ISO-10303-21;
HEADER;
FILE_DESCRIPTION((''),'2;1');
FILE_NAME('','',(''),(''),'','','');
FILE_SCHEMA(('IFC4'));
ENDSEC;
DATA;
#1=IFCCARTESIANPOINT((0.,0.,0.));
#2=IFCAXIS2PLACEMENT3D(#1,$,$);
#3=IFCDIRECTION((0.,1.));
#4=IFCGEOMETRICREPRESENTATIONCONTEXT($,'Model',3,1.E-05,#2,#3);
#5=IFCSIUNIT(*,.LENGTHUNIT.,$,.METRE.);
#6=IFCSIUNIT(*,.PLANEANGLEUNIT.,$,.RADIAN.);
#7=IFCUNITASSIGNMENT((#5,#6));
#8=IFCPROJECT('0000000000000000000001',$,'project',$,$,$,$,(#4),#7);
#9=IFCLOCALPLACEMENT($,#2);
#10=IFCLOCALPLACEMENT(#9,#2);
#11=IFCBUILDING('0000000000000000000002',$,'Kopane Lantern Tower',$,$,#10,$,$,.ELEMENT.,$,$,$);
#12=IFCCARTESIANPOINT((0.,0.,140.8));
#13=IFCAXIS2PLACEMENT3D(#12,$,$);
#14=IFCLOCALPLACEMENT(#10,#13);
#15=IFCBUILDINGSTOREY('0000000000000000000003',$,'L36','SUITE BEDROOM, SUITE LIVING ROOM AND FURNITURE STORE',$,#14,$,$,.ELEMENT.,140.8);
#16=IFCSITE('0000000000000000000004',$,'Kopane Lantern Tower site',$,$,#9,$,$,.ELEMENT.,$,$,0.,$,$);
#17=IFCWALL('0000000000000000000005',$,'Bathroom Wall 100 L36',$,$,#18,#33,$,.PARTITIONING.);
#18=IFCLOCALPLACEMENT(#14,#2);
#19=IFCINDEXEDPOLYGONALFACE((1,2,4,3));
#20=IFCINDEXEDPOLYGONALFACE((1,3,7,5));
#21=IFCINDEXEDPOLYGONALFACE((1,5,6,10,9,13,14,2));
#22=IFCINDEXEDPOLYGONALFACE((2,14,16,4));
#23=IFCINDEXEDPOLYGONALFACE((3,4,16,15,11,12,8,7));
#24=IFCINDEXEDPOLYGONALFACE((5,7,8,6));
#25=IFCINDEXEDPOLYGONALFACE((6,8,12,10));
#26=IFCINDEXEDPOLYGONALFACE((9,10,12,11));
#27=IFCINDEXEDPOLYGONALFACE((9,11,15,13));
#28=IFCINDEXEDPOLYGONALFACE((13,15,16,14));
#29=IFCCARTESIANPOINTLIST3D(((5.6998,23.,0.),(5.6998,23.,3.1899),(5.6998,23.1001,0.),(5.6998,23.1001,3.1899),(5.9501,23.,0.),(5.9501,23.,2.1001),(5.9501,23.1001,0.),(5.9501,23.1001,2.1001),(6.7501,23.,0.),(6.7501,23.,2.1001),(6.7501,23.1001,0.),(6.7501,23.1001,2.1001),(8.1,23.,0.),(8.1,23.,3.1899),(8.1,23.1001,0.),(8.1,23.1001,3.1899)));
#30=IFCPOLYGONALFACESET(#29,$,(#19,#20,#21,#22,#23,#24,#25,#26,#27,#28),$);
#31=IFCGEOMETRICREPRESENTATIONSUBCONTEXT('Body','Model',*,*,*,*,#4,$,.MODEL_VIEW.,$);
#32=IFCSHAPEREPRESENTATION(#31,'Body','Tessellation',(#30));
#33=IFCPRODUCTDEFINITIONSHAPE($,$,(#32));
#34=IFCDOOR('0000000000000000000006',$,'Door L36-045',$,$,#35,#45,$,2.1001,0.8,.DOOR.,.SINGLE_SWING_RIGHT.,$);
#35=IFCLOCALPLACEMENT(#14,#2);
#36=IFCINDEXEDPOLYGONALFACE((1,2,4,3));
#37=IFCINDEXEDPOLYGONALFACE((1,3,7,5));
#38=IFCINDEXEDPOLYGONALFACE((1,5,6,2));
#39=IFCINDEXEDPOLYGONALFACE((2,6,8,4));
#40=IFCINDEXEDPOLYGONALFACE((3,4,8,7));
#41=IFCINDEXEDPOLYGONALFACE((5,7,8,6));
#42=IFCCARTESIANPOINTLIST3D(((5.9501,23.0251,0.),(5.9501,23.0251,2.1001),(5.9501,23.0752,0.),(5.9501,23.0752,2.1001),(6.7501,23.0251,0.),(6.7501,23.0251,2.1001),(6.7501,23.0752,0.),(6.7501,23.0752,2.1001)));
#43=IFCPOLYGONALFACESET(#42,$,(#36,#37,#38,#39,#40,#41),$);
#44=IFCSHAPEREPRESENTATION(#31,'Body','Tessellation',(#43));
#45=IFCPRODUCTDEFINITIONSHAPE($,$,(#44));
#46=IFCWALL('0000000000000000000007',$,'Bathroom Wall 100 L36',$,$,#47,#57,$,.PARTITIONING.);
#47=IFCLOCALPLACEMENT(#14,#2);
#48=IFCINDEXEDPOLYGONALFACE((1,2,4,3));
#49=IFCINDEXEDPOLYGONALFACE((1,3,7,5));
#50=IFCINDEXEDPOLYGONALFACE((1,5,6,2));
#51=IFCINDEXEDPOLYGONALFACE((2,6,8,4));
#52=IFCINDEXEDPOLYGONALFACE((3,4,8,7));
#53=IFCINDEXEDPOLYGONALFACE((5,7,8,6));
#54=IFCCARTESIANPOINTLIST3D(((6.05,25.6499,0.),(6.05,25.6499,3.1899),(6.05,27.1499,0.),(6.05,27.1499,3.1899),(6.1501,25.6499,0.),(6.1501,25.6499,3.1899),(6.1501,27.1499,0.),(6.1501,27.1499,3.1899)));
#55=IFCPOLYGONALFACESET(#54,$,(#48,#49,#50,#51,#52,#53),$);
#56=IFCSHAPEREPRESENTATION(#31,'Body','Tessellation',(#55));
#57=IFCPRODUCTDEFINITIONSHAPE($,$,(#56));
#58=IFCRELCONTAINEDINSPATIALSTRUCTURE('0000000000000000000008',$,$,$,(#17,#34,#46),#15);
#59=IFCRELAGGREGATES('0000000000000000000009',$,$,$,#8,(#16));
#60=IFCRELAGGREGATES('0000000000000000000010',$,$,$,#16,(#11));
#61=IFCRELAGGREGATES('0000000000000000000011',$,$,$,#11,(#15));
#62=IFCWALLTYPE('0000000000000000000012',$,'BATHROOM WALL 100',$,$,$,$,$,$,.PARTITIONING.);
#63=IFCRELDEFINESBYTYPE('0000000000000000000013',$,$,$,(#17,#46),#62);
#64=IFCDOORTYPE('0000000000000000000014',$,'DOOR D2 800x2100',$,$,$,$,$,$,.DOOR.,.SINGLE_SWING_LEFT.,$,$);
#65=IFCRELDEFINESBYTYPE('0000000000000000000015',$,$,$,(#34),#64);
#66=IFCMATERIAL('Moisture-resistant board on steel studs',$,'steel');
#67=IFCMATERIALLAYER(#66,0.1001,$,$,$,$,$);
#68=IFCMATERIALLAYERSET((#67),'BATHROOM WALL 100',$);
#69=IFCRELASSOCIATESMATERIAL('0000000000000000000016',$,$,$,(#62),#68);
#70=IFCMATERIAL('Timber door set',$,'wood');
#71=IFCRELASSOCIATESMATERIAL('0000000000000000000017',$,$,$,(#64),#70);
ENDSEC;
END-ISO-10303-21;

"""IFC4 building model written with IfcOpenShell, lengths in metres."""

from ifc_helpers import new_model, si_unit, direction, frame, frame_2d, origin, place, context, subcontext, project, spatial, rectangle, extrude, material, layer, layer_set, type_object, element, fill, save


model = new_model("IFC4")

# Units and contexts
model_context = context("Model", 3, precision=1e-05, world=origin(), true_north=direction((0.0, 1.0)))
body_context = subcontext(model_context, "Body", "Model", "MODEL_VIEW")
ifc_project = project(units=[si_unit("LENGTHUNIT", "METRE"), si_unit("PLANEANGLEUNIT", "RADIAN")], contexts=[model_context])

# Site, building, storey
site_placement = place(None, origin())
site = spatial("IfcSite", under=ifc_project, at=site_placement, Name="Kopane Lantern Tower site", CompositionType="ELEMENT", RefElevation=0.0)
building_placement = place(site_placement, origin())
building = spatial("IfcBuilding", under=site, at=building_placement, Name="Kopane Lantern Tower", CompositionType="ELEMENT")
storey_placement = place(building_placement, frame((0.0, 0.0, 140.8)))
storey = spatial("IfcBuildingStorey", under=building, at=storey_placement, Name="L36", Description="SUITE BEDROOM, SUITE LIVING ROOM AND FURNITURE STORE", CompositionType="ELEMENT", Elevation=140.8)

# Shared definitions
ifc_material_1 = material(Name="Moisture-resistant board on steel studs", Category="steel")
ifc_layer_1 = layer(ifc_material_1, 0.1001)
ifc_layer_set_1 = layer_set([ifc_layer_1], Name="BATHROOM WALL 100")
wall_type_1 = type_object("IfcWallType", Name="BATHROOM WALL 100", PredefinedType="PARTITIONING", material=ifc_layer_set_1)
ifc_material_2 = material(Name="Timber door set", Category="wood")
door_type_1 = type_object("IfcDoorType", Name="DOOR D2 800x2100", OperationType="SINGLE_SWING_LEFT", PredefinedType="DOOR", material=ifc_material_2)

# Wall, opening, door
wall_1_placement = place(storey_placement, frame((8.1001, 23.05, 0.0), z_axis=(0.0, 0.0, 1.0), x_axis=(-1.0, 0.0, 0.0)))
wall_1 = element("IfcWall", 1, at=wall_1_placement, inside=storey, type_object=wall_type_1, Name="Bathroom Wall 100 L36", PredefinedType="PARTITIONING", context=body_context, shape_type="SweptSolid", body=[
    extrude(rectangle(XDim=2.4001, YDim=0.1001, at=frame_2d((1.2002, 0.0))), origin(), (0.0, 0.0, 1.0), 3.1899),
])
opening_1_placement = place(wall_1_placement, frame((1.3501, 0.0, 0.0)))
opening_1 = element("IfcOpeningElement", 2, at=opening_1_placement, cuts=wall_1, PredefinedType="OPENING", context=body_context, shape_type="SweptSolid", body=[
    extrude(rectangle(XDim=0.8, YDim=2.1001, at=frame_2d((0.3999, 1.05))), frame((0.0, 0.0601, 0.0), z_axis=(0.0, -1.0, 0.0), x_axis=(1.0, 0.0, 0.0)), (0.0, 0.0, 1.0), 0.1201),
])
door_1_placement = place(opening_1_placement, origin())
door_1 = element("IfcDoor", 3, at=door_1_placement, inside=storey, type_object=door_type_1, Name="Door L36-045", OperationType="SINGLE_SWING_RIGHT", OverallHeight=2.1001, OverallWidth=0.8, PredefinedType="DOOR", context=body_context, shape_type="SweptSolid", body=[
    extrude(rectangle(XDim=0.8, YDim=2.1001, at=frame_2d((0.3999, 1.05))), frame((0.0, 0.0249, 0.0), z_axis=(0.0, -1.0, 0.0), x_axis=(1.0, 0.0, 0.0)), (0.0, 0.0, 1.0), 0.05),
])
fill(opening_1, door_1)

# Wall
wall_2_placement = place(storey_placement, frame((6.1001, 25.6499, 0.0), z_axis=(0.0, 0.0, 1.0), x_axis=(0.0, 1.0, 0.0)))
element("IfcWall", 4, at=wall_2_placement, inside=storey, type_object=wall_type_1, Name="Bathroom Wall 100 L36", PredefinedType="PARTITIONING", context=body_context, shape_type="SweptSolid", body=[
    extrude(rectangle(XDim=1.5, YDim=0.1001, at=frame_2d((0.75, 0.0))), origin(), (0.0, 0.0, 1.0), 3.1899),
])

save(model, "model.ifc")
